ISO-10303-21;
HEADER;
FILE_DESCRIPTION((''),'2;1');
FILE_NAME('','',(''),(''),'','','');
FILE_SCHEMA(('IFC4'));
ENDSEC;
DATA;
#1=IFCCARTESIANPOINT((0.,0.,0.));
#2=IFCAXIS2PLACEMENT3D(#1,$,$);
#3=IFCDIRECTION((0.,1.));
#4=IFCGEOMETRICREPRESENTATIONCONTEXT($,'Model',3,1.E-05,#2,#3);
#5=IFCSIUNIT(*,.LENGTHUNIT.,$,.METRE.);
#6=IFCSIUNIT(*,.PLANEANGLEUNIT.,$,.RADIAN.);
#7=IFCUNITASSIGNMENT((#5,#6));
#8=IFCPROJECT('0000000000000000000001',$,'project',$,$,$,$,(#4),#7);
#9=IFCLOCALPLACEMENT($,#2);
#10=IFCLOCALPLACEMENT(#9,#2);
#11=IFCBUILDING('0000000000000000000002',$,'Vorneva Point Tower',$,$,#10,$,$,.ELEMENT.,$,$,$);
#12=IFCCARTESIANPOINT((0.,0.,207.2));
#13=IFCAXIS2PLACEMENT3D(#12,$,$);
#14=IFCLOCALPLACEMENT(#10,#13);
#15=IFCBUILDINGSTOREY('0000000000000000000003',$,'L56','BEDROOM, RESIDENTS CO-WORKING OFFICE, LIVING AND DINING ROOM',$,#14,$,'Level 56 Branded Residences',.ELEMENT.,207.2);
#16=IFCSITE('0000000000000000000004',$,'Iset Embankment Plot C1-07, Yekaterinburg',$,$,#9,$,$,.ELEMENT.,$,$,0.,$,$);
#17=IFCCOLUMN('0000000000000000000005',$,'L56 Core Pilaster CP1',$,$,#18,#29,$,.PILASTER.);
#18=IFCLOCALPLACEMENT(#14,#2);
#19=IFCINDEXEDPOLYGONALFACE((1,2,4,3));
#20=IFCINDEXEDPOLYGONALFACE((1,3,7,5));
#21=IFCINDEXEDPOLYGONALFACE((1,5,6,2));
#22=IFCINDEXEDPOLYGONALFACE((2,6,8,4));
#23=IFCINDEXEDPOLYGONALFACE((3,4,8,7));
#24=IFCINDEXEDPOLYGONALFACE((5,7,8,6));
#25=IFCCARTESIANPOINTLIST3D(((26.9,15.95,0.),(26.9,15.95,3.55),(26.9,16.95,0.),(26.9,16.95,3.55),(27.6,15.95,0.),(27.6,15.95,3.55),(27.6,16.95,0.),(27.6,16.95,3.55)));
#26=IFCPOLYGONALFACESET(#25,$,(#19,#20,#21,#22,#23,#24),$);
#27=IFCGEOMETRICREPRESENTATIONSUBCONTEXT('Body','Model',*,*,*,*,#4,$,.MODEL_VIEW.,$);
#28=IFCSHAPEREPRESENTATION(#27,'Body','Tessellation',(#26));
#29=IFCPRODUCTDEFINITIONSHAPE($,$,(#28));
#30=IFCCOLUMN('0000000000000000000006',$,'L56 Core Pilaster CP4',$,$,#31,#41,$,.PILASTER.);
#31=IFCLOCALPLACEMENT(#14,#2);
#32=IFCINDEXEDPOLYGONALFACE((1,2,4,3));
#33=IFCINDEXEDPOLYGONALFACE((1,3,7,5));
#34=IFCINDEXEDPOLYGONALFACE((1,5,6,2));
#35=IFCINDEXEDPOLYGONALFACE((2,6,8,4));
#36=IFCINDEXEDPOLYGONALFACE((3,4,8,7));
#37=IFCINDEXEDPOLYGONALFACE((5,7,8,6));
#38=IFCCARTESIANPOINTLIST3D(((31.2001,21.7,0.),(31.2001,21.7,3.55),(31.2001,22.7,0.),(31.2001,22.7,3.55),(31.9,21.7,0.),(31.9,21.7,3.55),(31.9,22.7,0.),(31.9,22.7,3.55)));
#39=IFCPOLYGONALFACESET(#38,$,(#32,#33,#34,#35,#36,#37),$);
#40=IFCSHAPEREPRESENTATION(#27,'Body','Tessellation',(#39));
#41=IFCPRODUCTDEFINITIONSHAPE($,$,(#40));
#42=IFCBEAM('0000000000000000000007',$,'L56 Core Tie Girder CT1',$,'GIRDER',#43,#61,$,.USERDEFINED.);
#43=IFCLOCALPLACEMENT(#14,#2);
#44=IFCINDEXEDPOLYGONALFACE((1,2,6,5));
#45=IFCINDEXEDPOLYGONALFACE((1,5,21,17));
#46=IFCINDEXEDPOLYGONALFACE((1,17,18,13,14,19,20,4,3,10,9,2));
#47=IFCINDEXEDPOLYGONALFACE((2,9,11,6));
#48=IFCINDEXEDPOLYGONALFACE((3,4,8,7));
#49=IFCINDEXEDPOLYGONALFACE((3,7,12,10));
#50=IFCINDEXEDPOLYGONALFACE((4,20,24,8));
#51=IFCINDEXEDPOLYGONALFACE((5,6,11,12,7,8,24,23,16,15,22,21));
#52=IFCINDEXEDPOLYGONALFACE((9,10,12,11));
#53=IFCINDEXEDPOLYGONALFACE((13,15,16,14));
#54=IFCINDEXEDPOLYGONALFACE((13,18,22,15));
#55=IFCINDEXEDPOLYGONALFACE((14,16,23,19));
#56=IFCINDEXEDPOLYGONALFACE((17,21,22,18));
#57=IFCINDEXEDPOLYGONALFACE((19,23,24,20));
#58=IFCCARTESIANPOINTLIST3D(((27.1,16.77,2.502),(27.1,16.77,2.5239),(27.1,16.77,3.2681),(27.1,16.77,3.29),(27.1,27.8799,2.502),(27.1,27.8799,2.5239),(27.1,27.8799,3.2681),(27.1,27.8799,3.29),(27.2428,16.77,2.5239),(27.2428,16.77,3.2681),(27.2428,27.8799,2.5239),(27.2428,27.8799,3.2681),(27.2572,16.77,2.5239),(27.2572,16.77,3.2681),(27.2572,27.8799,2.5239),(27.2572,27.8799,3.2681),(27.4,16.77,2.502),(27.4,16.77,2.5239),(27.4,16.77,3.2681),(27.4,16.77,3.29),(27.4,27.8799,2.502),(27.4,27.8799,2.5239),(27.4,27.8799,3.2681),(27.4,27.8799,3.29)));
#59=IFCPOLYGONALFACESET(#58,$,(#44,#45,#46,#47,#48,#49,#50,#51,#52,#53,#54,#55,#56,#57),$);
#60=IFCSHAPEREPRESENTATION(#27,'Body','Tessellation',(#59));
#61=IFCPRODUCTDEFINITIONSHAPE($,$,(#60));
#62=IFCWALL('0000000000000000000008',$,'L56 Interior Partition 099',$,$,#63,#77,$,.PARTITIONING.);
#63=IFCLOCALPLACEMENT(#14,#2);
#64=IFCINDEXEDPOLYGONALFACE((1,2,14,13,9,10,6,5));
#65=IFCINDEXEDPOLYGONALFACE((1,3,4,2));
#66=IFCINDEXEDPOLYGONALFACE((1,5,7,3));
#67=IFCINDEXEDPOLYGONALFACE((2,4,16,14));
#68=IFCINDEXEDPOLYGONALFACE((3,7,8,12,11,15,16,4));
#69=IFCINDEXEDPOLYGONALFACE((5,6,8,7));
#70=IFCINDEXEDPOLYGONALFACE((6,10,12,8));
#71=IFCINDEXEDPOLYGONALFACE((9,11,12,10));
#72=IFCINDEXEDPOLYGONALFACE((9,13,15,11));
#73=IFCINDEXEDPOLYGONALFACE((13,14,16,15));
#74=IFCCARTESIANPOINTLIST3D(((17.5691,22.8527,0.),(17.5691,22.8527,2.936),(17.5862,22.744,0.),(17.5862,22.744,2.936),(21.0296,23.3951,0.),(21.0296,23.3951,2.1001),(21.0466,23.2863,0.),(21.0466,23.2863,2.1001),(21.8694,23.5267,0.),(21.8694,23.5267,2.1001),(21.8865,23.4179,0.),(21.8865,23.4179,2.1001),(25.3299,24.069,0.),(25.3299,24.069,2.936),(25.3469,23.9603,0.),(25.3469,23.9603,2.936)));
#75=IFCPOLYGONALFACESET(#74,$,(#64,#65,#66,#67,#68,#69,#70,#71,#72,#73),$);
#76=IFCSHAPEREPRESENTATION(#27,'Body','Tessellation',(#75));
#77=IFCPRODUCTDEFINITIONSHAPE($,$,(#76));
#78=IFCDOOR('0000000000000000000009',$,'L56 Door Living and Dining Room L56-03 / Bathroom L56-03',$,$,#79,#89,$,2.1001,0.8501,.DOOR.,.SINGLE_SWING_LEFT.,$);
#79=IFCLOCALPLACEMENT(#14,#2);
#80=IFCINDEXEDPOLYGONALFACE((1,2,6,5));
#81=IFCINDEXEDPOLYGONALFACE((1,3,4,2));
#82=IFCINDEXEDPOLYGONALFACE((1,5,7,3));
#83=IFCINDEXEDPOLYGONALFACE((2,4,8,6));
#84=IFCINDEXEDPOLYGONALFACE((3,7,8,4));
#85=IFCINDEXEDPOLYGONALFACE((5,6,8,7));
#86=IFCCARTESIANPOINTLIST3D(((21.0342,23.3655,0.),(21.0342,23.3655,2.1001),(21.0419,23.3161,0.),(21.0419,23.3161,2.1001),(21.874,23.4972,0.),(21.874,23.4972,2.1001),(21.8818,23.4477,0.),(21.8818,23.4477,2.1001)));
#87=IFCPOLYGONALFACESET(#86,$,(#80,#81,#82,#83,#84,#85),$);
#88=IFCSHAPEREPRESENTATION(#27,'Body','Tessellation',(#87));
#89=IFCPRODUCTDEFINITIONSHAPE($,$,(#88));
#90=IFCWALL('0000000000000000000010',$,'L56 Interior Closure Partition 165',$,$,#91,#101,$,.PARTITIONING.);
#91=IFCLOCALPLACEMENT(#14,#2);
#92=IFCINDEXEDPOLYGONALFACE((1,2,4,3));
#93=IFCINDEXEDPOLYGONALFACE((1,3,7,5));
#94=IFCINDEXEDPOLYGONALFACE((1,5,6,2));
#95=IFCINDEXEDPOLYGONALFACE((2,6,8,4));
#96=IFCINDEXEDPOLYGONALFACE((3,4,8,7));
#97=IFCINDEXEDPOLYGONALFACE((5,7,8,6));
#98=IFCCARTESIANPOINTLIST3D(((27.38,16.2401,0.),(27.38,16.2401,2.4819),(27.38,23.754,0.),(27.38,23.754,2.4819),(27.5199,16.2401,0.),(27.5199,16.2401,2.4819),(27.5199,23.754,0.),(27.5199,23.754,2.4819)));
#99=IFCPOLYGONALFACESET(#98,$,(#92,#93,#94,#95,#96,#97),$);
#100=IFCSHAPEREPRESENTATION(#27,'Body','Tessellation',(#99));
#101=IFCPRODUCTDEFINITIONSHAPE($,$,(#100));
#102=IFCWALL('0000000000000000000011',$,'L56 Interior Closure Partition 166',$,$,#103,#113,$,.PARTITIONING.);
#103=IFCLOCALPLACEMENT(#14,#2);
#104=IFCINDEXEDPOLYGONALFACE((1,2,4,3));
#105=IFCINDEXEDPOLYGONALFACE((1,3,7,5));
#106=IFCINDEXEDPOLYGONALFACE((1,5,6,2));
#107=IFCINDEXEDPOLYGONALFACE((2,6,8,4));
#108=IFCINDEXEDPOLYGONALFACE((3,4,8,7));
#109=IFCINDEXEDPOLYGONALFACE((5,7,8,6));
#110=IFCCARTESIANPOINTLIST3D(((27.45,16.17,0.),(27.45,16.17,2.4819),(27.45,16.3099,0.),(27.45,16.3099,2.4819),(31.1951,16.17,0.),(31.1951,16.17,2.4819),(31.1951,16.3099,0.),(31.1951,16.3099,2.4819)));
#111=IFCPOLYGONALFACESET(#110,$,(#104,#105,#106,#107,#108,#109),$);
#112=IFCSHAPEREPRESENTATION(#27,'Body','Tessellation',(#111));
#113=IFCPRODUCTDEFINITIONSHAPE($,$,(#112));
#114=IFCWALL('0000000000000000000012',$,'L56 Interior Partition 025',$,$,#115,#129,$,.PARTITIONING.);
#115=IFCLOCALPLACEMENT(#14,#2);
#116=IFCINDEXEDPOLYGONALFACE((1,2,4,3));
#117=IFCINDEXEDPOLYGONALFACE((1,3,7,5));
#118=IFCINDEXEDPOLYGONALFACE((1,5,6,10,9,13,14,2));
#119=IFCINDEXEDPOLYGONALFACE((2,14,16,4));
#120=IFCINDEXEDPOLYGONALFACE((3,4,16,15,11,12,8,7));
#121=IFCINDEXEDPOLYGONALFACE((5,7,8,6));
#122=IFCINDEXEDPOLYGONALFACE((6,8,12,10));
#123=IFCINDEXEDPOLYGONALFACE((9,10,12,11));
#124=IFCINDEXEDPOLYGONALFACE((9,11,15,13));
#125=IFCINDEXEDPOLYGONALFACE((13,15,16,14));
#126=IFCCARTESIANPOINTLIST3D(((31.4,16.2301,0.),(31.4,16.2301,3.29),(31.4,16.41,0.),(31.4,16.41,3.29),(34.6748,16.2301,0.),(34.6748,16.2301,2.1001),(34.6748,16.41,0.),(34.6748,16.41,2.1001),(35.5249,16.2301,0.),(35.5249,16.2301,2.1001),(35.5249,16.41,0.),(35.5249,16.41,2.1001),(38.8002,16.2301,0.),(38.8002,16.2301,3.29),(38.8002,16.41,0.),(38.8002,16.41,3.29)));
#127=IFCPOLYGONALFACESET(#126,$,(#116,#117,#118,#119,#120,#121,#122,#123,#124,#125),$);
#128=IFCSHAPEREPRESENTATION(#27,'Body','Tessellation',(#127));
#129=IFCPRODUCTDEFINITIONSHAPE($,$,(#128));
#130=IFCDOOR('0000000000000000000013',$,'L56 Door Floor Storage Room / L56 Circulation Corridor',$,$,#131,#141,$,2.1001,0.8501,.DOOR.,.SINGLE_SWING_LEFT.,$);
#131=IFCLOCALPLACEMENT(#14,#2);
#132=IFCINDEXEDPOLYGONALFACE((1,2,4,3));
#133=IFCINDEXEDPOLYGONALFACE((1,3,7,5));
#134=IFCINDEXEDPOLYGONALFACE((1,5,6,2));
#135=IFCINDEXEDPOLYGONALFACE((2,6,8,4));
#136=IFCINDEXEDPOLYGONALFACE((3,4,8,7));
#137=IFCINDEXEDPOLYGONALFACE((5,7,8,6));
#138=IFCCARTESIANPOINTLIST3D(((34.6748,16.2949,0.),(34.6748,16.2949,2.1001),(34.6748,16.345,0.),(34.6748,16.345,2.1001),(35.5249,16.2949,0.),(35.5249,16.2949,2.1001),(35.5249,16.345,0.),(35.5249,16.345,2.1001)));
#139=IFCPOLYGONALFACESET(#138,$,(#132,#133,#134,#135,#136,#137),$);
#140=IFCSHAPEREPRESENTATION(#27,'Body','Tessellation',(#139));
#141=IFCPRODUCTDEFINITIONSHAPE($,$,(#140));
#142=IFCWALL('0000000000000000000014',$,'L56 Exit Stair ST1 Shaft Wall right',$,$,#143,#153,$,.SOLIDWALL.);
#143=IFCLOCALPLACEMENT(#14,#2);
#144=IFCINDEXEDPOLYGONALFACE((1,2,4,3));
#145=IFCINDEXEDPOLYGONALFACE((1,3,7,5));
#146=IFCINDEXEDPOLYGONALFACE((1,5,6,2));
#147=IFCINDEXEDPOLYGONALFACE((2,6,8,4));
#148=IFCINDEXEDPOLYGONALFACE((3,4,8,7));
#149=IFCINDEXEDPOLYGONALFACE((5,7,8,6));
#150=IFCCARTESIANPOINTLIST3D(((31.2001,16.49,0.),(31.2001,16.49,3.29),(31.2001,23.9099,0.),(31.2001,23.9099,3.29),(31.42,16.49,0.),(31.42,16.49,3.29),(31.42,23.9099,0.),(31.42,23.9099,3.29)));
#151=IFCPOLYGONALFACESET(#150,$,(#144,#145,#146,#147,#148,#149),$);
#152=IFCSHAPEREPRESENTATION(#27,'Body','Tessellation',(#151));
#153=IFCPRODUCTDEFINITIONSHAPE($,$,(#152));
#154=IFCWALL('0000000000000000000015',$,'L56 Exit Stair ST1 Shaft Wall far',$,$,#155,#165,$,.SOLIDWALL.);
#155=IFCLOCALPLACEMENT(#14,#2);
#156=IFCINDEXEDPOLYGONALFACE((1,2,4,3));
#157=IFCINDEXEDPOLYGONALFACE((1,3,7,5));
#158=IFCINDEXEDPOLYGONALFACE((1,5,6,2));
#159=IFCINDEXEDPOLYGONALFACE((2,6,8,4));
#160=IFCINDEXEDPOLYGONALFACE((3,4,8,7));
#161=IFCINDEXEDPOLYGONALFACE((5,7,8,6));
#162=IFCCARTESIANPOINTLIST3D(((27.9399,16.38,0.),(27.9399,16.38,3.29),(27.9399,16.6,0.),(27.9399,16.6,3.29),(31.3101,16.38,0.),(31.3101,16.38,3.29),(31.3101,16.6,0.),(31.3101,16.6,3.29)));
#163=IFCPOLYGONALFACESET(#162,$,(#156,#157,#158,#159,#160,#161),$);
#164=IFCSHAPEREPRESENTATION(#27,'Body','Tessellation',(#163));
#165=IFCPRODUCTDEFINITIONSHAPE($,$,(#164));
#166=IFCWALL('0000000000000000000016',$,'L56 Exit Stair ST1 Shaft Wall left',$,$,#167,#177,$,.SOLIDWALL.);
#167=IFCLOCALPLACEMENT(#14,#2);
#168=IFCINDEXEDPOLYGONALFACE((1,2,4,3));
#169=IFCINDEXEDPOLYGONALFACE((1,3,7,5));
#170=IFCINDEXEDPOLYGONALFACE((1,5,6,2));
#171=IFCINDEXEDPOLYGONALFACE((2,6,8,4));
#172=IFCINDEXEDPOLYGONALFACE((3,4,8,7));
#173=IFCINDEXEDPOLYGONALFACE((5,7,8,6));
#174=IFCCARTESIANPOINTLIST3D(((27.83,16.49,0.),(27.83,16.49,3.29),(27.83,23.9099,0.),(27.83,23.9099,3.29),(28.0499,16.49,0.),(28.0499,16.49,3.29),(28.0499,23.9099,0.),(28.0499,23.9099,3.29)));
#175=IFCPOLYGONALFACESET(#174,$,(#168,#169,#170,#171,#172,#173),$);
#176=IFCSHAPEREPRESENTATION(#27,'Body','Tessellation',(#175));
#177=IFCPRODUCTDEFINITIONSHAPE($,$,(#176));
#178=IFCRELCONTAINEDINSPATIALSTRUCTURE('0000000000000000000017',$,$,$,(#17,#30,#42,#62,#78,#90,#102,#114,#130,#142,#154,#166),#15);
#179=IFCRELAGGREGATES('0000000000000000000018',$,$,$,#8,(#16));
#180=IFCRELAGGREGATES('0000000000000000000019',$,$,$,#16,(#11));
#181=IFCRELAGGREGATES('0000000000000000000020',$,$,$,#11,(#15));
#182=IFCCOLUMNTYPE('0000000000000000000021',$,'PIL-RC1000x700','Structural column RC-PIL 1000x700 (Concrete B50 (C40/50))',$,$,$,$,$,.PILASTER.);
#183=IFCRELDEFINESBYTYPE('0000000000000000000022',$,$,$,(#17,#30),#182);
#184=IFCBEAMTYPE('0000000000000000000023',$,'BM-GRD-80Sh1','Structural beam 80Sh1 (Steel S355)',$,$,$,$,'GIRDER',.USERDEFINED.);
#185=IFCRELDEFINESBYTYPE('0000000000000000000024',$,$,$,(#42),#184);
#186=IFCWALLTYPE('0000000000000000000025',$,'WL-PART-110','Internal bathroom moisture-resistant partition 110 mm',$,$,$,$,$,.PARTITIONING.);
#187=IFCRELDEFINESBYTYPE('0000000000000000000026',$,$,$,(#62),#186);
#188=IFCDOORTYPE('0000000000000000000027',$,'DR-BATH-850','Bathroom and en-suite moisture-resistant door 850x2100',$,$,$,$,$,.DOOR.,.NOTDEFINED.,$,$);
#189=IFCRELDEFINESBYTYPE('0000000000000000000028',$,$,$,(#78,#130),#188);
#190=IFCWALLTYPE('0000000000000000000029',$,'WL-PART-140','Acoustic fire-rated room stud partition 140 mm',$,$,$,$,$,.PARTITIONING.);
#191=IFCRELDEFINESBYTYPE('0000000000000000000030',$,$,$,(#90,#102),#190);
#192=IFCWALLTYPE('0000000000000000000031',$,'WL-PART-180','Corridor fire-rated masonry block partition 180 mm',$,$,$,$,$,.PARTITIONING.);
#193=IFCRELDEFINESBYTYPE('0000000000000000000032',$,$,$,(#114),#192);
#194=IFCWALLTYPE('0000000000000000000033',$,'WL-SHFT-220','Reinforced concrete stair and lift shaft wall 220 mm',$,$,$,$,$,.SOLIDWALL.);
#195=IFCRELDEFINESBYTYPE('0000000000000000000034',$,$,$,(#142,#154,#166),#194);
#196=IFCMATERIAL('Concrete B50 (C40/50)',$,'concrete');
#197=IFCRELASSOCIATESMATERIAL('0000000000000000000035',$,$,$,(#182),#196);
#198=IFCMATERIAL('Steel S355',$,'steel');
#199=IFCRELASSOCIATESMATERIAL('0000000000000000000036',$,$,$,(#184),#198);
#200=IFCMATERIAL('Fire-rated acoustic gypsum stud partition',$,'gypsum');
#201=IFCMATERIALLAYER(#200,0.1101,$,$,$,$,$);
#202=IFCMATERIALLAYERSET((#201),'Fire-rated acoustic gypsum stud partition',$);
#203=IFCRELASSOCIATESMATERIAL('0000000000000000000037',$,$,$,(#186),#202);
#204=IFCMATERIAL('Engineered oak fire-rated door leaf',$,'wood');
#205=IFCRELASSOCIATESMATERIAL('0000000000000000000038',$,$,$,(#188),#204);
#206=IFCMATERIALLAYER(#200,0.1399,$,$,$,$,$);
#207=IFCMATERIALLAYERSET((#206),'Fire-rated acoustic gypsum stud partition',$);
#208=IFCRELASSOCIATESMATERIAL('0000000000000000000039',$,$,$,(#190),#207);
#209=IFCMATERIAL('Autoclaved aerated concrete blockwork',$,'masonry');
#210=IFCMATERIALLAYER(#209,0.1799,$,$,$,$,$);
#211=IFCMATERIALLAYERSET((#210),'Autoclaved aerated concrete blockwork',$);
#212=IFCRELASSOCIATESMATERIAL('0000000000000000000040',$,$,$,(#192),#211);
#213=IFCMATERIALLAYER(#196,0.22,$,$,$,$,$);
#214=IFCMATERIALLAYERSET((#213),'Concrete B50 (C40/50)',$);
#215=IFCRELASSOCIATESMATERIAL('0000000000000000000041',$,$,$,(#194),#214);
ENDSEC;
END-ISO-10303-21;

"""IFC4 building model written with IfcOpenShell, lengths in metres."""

from ifc_helpers import new_model, si_unit, direction, frame, frame_2d, origin, origin_2d, place, context, subcontext, project, spatial, rectangle, i_section, extrude, material, layer, layer_set, material_profile, profile_set, type_object, element, fill, save


model = new_model("IFC4")

# Units and contexts
model_context = context("Model", 3, precision=1e-05, world=origin(), true_north=direction((0.0, 1.0)))
body_context = subcontext(model_context, "Body", "Model", "MODEL_VIEW")
ifc_project = project(units=[si_unit("LENGTHUNIT", "METRE"), si_unit("PLANEANGLEUNIT", "RADIAN")], contexts=[model_context])

# Site, building, storey
site_placement = place(None, origin())
site = spatial("IfcSite", under=ifc_project, at=site_placement, Name="Iset Embankment Plot C1-07, Yekaterinburg", CompositionType="ELEMENT", RefElevation=0.0)
building_placement = place(site_placement, origin())
building = spatial("IfcBuilding", under=site, at=building_placement, Name="Vorneva Point Tower", CompositionType="ELEMENT")
storey_placement = place(building_placement, frame((0.0, 0.0, 207.2)))
storey = spatial("IfcBuildingStorey", under=building, at=storey_placement, Name="L56", Description="BEDROOM, RESIDENTS CO-WORKING OFFICE, LIVING AND DINING ROOM", LongName="Level 56 Branded Residences", CompositionType="ELEMENT", Elevation=207.2)

# Columns
ifc_material_1 = material(Name="Concrete B50 (C40/50)", Category="concrete")
ifc_material_profile_1 = material_profile(ifc_material_1, rectangle(XDim=0.7, YDim=1.0, at=origin_2d()), Name="RC-PIL 1000x700")
ifc_profile_set_1 = profile_set([ifc_material_profile_1], Name="Concrete B50 (C40/50)")
column_type = type_object("IfcColumnType", Name="PIL-RC1000x700", Description="Structural column RC-PIL 1000x700 (Concrete B50 (C40/50))", PredefinedType="PILASTER", material=ifc_profile_set_1)
for number, where, z_axis, x_axis, name in (
    (1, (27.25, 16.45, 0.0), (0.0, 0.0, 1.0), (1.0, 0.0, 0.0), "L56 Core Pilaster CP1"),
    (2, (31.55, 22.2, 0.0), (0.0, 0.0, 1.0), (1.0, 0.0, 0.0), "L56 Core Pilaster CP4"),
):
    element("IfcColumn", number, at=place(storey_placement, frame(where, z_axis=z_axis, x_axis=x_axis)), inside=storey, type_object=column_type, Name=name, PredefinedType="PILASTER", context=body_context, shape_type="SweptSolid", body=[
        extrude(rectangle(XDim=0.7, YDim=1.0, at=origin_2d()), origin(), (0.0, 0.0, 1.0), 3.55),
    ])

# Beam
ifc_material_2 = material(Name="Steel S355", Category="steel")
ifc_material_profile_2 = material_profile(ifc_material_2, i_section(OverallWidth=0.3, OverallDepth=0.7881, WebThickness=0.0144, FlangeThickness=0.022, at=origin_2d()), Name="80Sh1")
ifc_profile_set_2 = profile_set([ifc_material_profile_2], Name="Steel S355")
beam_type = type_object("IfcBeamType", Name="BM-GRD-80Sh1", Description="Structural beam 80Sh1 (Steel S355)", ElementType="GIRDER", PredefinedType="USERDEFINED", material=ifc_profile_set_2)
beam_placement = place(storey_placement, frame((27.25, 16.77, 2.896), z_axis=(0.0, 1.0, 0.0), x_axis=(-1.0, 0.0, 0.0)))
element("IfcBeam", 3, at=beam_placement, inside=storey, type_object=beam_type, Name="L56 Core Tie Girder CT1", ObjectType="GIRDER", PredefinedType="USERDEFINED", context=body_context, shape_type="SweptSolid", body=[
    extrude(i_section(OverallWidth=0.3, OverallDepth=0.7881, WebThickness=0.0144, FlangeThickness=0.022, at=origin_2d()), origin(), (0.0, 0.0, 1.0), 11.1099),
])

# Wall, opening, door
ifc_material_3 = material(Name="Fire-rated acoustic gypsum stud partition", Category="gypsum")
ifc_layer_1 = layer(ifc_material_3, 0.1101)
ifc_layer_set_1 = layer_set([ifc_layer_1], Name="Fire-rated acoustic gypsum stud partition")
wall_type_1 = type_object("IfcWallType", Name="WL-PART-110", Description="Internal bathroom moisture-resistant partition 110 mm", PredefinedType="PARTITIONING", material=ifc_layer_set_1)
wall_1_placement = place(storey_placement, frame((25.3384, 24.0146, 0.0), z_axis=(0.0, 0.0, 1.0), x_axis=(-0.98794, -0.154836, 0.0)))
wall_1 = element("IfcWall", 4, at=wall_1_placement, inside=storey, type_object=wall_type_1, Name="L56 Interior Partition 099", PredefinedType="PARTITIONING", context=body_context, shape_type="SweptSolid", body=[
    extrude(rectangle(XDim=7.8555, YDim=0.1101, at=frame_2d((3.9277, 0.0))), origin(), (0.0, 0.0, 1.0), 2.936),
])
opening_1_placement = place(wall_1_placement, frame((3.5027, 0.0, 0.0)))
opening_1 = element("IfcOpeningElement", 5, at=opening_1_placement, cuts=wall_1, PredefinedType="OPENING", context=body_context, shape_type="SweptSolid", body=[
    extrude(rectangle(XDim=0.8501, YDim=2.1001, at=frame_2d((0.425, 1.05))), frame((0.0, 0.0698, 0.0), z_axis=(0.0, -1.0, 0.0), x_axis=(1.0, 0.0, 0.0)), (0.0, 0.0, 1.0), 0.1399),
])
ifc_material_4 = material(Name="Engineered oak fire-rated door leaf", Category="wood")
door_type_1 = type_object("IfcDoorType", Name="DR-BATH-850", Description="Bathroom and en-suite moisture-resistant door 850x2100", OperationType="NOTDEFINED", PredefinedType="DOOR", material=ifc_material_4)
door_1_placement = place(opening_1_placement, origin())
door_1 = element("IfcDoor", 6, at=door_1_placement, inside=storey, type_object=door_type_1, Name="L56 Door Living and Dining Room L56-03 / Bathroom L56-03", OperationType="SINGLE_SWING_LEFT", OverallHeight=2.1001, OverallWidth=0.8501, PredefinedType="DOOR", context=body_context, shape_type="SweptSolid", body=[
    extrude(rectangle(XDim=0.8501, YDim=2.1001, at=frame_2d((0.425, 1.05))), frame((0.0, 0.0249, 0.0), z_axis=(0.0, -1.0, 0.0), x_axis=(1.0, 0.0, 0.0)), (0.0, 0.0, 1.0), 0.05),
])
fill(opening_1, door_1)

# Walls
ifc_layer_2 = layer(ifc_material_3, 0.1399)
ifc_layer_set_2 = layer_set([ifc_layer_2], Name="Fire-rated acoustic gypsum stud partition")
wall_type_2 = type_object("IfcWallType", Name="WL-PART-140", Description="Acoustic fire-rated room stud partition 140 mm", PredefinedType="PARTITIONING", material=ifc_layer_set_2)
wall_2_placement = place(storey_placement, frame((27.45, 23.7539, 0.0), z_axis=(0.0, 0.0, 1.0), x_axis=(0.0, -1.0, 0.0)))
element("IfcWall", 7, at=wall_2_placement, inside=storey, type_object=wall_type_2, Name="L56 Interior Closure Partition 165", PredefinedType="PARTITIONING", context=body_context, shape_type="SweptSolid", body=[
    extrude(rectangle(XDim=7.5139, YDim=0.1399, at=frame_2d((3.7568, 0.0))), origin(), (0.0, 0.0, 1.0), 2.4819),
])
wall_3_placement = place(storey_placement, frame((27.45, 16.24, 0.0), z_axis=(0.0, 0.0, 1.0), x_axis=(1.0, 0.0, 0.0)))
element("IfcWall", 8, at=wall_3_placement, inside=storey, type_object=wall_type_2, Name="L56 Interior Closure Partition 166", PredefinedType="PARTITIONING", context=body_context, shape_type="SweptSolid", body=[
    extrude(rectangle(XDim=3.7451, YDim=0.1399, at=frame_2d((1.8726, 0.0))), origin(), (0.0, 0.0, 1.0), 2.4819),
])

# Wall, opening, door
ifc_material_5 = material(Name="Autoclaved aerated concrete blockwork", Category="masonry")
ifc_layer_3 = layer(ifc_material_5, 0.1799)
ifc_layer_set_3 = layer_set([ifc_layer_3], Name="Autoclaved aerated concrete blockwork")
wall_type_3 = type_object("IfcWallType", Name="WL-PART-180", Description="Corridor fire-rated masonry block partition 180 mm", PredefinedType="PARTITIONING", material=ifc_layer_set_3)
wall_4_placement = place(storey_placement, frame((31.3999, 16.3201, 0.0), z_axis=(0.0, 0.0, 1.0), x_axis=(1.0, 0.0, 0.0)))
wall_4 = element("IfcWall", 9, at=wall_4_placement, inside=storey, type_object=wall_type_3, Name="L56 Interior Partition 025", PredefinedType="PARTITIONING", context=body_context, shape_type="SweptSolid", body=[
    extrude(rectangle(XDim=7.4001, YDim=0.1799, at=frame_2d((3.7002, 0.0))), origin(), (0.0, 0.0, 1.0), 3.29),
])
opening_2_placement = place(wall_4_placement, frame((3.2749, 0.0, 0.0)))
opening_2 = element("IfcOpeningElement", 10, at=opening_2_placement, cuts=wall_4, PredefinedType="OPENING", context=body_context, shape_type="SweptSolid", body=[
    extrude(rectangle(XDim=0.8501, YDim=2.1001, at=frame_2d((0.425, 1.05))), frame((0.0, 0.105, 0.0), z_axis=(0.0, -1.0, 0.0), x_axis=(1.0, 0.0, 0.0)), (0.0, 0.0, 1.0), 0.2097),
])
door_2_placement = place(opening_2_placement, origin())
door_2 = element("IfcDoor", 11, at=door_2_placement, inside=storey, type_object=door_type_1, Name="L56 Door Floor Storage Room / L56 Circulation Corridor", OperationType="SINGLE_SWING_LEFT", OverallHeight=2.1001, OverallWidth=0.8501, PredefinedType="DOOR", context=body_context, shape_type="SweptSolid", body=[
    extrude(rectangle(XDim=0.8501, YDim=2.1001, at=frame_2d((0.425, 1.05))), frame((0.0, 0.0249, 0.0), z_axis=(0.0, -1.0, 0.0), x_axis=(1.0, 0.0, 0.0)), (0.0, 0.0, 1.0), 0.05),
])
fill(opening_2, door_2)
ifc_layer_4 = layer(ifc_material_1, 0.22)
ifc_layer_set_4 = layer_set([ifc_layer_4], Name="Concrete B50 (C40/50)")
wall_type_4 = type_object("IfcWallType", Name="WL-SHFT-220", Description="Reinforced concrete stair and lift shaft wall 220 mm", PredefinedType="SOLIDWALL", material=ifc_layer_set_4)

# Walls
wall_5_placement = place(storey_placement, frame((31.3101, 23.9099, 0.0), z_axis=(0.0, 0.0, 1.0), x_axis=(0.0, -1.0, 0.0)))
element("IfcWall", 12, at=wall_5_placement, inside=storey, type_object=wall_type_4, Name="L56 Exit Stair ST1 Shaft Wall right", PredefinedType="SOLIDWALL", context=body_context, shape_type="SweptSolid", body=[
    extrude(rectangle(XDim=7.4199, YDim=0.22, at=frame_2d((3.71, 0.0))), origin(), (0.0, 0.0, 1.0), 3.29),
])
wall_6_placement = place(storey_placement, frame((31.3101, 16.49, 0.0), z_axis=(0.0, 0.0, 1.0), x_axis=(-1.0, 0.0, 0.0)))
element("IfcWall", 13, at=wall_6_placement, inside=storey, type_object=wall_type_4, Name="L56 Exit Stair ST1 Shaft Wall far", PredefinedType="SOLIDWALL", context=body_context, shape_type="SweptSolid", body=[
    extrude(rectangle(XDim=3.3701, YDim=0.22, at=frame_2d((1.6851, 0.0))), origin(), (0.0, 0.0, 1.0), 3.29),
])
wall_7_placement = place(storey_placement, frame((27.9399, 16.49, 0.0), z_axis=(0.0, 0.0, 1.0), x_axis=(0.0, 1.0, 0.0)))
element("IfcWall", 14, at=wall_7_placement, inside=storey, type_object=wall_type_4, Name="L56 Exit Stair ST1 Shaft Wall left", PredefinedType="SOLIDWALL", context=body_context, shape_type="SweptSolid", body=[
    extrude(rectangle(XDim=7.4199, YDim=0.22, at=frame_2d((3.71, 0.0))), origin(), (0.0, 0.0, 1.0), 3.29),
])

save(model, "model.ifc")
